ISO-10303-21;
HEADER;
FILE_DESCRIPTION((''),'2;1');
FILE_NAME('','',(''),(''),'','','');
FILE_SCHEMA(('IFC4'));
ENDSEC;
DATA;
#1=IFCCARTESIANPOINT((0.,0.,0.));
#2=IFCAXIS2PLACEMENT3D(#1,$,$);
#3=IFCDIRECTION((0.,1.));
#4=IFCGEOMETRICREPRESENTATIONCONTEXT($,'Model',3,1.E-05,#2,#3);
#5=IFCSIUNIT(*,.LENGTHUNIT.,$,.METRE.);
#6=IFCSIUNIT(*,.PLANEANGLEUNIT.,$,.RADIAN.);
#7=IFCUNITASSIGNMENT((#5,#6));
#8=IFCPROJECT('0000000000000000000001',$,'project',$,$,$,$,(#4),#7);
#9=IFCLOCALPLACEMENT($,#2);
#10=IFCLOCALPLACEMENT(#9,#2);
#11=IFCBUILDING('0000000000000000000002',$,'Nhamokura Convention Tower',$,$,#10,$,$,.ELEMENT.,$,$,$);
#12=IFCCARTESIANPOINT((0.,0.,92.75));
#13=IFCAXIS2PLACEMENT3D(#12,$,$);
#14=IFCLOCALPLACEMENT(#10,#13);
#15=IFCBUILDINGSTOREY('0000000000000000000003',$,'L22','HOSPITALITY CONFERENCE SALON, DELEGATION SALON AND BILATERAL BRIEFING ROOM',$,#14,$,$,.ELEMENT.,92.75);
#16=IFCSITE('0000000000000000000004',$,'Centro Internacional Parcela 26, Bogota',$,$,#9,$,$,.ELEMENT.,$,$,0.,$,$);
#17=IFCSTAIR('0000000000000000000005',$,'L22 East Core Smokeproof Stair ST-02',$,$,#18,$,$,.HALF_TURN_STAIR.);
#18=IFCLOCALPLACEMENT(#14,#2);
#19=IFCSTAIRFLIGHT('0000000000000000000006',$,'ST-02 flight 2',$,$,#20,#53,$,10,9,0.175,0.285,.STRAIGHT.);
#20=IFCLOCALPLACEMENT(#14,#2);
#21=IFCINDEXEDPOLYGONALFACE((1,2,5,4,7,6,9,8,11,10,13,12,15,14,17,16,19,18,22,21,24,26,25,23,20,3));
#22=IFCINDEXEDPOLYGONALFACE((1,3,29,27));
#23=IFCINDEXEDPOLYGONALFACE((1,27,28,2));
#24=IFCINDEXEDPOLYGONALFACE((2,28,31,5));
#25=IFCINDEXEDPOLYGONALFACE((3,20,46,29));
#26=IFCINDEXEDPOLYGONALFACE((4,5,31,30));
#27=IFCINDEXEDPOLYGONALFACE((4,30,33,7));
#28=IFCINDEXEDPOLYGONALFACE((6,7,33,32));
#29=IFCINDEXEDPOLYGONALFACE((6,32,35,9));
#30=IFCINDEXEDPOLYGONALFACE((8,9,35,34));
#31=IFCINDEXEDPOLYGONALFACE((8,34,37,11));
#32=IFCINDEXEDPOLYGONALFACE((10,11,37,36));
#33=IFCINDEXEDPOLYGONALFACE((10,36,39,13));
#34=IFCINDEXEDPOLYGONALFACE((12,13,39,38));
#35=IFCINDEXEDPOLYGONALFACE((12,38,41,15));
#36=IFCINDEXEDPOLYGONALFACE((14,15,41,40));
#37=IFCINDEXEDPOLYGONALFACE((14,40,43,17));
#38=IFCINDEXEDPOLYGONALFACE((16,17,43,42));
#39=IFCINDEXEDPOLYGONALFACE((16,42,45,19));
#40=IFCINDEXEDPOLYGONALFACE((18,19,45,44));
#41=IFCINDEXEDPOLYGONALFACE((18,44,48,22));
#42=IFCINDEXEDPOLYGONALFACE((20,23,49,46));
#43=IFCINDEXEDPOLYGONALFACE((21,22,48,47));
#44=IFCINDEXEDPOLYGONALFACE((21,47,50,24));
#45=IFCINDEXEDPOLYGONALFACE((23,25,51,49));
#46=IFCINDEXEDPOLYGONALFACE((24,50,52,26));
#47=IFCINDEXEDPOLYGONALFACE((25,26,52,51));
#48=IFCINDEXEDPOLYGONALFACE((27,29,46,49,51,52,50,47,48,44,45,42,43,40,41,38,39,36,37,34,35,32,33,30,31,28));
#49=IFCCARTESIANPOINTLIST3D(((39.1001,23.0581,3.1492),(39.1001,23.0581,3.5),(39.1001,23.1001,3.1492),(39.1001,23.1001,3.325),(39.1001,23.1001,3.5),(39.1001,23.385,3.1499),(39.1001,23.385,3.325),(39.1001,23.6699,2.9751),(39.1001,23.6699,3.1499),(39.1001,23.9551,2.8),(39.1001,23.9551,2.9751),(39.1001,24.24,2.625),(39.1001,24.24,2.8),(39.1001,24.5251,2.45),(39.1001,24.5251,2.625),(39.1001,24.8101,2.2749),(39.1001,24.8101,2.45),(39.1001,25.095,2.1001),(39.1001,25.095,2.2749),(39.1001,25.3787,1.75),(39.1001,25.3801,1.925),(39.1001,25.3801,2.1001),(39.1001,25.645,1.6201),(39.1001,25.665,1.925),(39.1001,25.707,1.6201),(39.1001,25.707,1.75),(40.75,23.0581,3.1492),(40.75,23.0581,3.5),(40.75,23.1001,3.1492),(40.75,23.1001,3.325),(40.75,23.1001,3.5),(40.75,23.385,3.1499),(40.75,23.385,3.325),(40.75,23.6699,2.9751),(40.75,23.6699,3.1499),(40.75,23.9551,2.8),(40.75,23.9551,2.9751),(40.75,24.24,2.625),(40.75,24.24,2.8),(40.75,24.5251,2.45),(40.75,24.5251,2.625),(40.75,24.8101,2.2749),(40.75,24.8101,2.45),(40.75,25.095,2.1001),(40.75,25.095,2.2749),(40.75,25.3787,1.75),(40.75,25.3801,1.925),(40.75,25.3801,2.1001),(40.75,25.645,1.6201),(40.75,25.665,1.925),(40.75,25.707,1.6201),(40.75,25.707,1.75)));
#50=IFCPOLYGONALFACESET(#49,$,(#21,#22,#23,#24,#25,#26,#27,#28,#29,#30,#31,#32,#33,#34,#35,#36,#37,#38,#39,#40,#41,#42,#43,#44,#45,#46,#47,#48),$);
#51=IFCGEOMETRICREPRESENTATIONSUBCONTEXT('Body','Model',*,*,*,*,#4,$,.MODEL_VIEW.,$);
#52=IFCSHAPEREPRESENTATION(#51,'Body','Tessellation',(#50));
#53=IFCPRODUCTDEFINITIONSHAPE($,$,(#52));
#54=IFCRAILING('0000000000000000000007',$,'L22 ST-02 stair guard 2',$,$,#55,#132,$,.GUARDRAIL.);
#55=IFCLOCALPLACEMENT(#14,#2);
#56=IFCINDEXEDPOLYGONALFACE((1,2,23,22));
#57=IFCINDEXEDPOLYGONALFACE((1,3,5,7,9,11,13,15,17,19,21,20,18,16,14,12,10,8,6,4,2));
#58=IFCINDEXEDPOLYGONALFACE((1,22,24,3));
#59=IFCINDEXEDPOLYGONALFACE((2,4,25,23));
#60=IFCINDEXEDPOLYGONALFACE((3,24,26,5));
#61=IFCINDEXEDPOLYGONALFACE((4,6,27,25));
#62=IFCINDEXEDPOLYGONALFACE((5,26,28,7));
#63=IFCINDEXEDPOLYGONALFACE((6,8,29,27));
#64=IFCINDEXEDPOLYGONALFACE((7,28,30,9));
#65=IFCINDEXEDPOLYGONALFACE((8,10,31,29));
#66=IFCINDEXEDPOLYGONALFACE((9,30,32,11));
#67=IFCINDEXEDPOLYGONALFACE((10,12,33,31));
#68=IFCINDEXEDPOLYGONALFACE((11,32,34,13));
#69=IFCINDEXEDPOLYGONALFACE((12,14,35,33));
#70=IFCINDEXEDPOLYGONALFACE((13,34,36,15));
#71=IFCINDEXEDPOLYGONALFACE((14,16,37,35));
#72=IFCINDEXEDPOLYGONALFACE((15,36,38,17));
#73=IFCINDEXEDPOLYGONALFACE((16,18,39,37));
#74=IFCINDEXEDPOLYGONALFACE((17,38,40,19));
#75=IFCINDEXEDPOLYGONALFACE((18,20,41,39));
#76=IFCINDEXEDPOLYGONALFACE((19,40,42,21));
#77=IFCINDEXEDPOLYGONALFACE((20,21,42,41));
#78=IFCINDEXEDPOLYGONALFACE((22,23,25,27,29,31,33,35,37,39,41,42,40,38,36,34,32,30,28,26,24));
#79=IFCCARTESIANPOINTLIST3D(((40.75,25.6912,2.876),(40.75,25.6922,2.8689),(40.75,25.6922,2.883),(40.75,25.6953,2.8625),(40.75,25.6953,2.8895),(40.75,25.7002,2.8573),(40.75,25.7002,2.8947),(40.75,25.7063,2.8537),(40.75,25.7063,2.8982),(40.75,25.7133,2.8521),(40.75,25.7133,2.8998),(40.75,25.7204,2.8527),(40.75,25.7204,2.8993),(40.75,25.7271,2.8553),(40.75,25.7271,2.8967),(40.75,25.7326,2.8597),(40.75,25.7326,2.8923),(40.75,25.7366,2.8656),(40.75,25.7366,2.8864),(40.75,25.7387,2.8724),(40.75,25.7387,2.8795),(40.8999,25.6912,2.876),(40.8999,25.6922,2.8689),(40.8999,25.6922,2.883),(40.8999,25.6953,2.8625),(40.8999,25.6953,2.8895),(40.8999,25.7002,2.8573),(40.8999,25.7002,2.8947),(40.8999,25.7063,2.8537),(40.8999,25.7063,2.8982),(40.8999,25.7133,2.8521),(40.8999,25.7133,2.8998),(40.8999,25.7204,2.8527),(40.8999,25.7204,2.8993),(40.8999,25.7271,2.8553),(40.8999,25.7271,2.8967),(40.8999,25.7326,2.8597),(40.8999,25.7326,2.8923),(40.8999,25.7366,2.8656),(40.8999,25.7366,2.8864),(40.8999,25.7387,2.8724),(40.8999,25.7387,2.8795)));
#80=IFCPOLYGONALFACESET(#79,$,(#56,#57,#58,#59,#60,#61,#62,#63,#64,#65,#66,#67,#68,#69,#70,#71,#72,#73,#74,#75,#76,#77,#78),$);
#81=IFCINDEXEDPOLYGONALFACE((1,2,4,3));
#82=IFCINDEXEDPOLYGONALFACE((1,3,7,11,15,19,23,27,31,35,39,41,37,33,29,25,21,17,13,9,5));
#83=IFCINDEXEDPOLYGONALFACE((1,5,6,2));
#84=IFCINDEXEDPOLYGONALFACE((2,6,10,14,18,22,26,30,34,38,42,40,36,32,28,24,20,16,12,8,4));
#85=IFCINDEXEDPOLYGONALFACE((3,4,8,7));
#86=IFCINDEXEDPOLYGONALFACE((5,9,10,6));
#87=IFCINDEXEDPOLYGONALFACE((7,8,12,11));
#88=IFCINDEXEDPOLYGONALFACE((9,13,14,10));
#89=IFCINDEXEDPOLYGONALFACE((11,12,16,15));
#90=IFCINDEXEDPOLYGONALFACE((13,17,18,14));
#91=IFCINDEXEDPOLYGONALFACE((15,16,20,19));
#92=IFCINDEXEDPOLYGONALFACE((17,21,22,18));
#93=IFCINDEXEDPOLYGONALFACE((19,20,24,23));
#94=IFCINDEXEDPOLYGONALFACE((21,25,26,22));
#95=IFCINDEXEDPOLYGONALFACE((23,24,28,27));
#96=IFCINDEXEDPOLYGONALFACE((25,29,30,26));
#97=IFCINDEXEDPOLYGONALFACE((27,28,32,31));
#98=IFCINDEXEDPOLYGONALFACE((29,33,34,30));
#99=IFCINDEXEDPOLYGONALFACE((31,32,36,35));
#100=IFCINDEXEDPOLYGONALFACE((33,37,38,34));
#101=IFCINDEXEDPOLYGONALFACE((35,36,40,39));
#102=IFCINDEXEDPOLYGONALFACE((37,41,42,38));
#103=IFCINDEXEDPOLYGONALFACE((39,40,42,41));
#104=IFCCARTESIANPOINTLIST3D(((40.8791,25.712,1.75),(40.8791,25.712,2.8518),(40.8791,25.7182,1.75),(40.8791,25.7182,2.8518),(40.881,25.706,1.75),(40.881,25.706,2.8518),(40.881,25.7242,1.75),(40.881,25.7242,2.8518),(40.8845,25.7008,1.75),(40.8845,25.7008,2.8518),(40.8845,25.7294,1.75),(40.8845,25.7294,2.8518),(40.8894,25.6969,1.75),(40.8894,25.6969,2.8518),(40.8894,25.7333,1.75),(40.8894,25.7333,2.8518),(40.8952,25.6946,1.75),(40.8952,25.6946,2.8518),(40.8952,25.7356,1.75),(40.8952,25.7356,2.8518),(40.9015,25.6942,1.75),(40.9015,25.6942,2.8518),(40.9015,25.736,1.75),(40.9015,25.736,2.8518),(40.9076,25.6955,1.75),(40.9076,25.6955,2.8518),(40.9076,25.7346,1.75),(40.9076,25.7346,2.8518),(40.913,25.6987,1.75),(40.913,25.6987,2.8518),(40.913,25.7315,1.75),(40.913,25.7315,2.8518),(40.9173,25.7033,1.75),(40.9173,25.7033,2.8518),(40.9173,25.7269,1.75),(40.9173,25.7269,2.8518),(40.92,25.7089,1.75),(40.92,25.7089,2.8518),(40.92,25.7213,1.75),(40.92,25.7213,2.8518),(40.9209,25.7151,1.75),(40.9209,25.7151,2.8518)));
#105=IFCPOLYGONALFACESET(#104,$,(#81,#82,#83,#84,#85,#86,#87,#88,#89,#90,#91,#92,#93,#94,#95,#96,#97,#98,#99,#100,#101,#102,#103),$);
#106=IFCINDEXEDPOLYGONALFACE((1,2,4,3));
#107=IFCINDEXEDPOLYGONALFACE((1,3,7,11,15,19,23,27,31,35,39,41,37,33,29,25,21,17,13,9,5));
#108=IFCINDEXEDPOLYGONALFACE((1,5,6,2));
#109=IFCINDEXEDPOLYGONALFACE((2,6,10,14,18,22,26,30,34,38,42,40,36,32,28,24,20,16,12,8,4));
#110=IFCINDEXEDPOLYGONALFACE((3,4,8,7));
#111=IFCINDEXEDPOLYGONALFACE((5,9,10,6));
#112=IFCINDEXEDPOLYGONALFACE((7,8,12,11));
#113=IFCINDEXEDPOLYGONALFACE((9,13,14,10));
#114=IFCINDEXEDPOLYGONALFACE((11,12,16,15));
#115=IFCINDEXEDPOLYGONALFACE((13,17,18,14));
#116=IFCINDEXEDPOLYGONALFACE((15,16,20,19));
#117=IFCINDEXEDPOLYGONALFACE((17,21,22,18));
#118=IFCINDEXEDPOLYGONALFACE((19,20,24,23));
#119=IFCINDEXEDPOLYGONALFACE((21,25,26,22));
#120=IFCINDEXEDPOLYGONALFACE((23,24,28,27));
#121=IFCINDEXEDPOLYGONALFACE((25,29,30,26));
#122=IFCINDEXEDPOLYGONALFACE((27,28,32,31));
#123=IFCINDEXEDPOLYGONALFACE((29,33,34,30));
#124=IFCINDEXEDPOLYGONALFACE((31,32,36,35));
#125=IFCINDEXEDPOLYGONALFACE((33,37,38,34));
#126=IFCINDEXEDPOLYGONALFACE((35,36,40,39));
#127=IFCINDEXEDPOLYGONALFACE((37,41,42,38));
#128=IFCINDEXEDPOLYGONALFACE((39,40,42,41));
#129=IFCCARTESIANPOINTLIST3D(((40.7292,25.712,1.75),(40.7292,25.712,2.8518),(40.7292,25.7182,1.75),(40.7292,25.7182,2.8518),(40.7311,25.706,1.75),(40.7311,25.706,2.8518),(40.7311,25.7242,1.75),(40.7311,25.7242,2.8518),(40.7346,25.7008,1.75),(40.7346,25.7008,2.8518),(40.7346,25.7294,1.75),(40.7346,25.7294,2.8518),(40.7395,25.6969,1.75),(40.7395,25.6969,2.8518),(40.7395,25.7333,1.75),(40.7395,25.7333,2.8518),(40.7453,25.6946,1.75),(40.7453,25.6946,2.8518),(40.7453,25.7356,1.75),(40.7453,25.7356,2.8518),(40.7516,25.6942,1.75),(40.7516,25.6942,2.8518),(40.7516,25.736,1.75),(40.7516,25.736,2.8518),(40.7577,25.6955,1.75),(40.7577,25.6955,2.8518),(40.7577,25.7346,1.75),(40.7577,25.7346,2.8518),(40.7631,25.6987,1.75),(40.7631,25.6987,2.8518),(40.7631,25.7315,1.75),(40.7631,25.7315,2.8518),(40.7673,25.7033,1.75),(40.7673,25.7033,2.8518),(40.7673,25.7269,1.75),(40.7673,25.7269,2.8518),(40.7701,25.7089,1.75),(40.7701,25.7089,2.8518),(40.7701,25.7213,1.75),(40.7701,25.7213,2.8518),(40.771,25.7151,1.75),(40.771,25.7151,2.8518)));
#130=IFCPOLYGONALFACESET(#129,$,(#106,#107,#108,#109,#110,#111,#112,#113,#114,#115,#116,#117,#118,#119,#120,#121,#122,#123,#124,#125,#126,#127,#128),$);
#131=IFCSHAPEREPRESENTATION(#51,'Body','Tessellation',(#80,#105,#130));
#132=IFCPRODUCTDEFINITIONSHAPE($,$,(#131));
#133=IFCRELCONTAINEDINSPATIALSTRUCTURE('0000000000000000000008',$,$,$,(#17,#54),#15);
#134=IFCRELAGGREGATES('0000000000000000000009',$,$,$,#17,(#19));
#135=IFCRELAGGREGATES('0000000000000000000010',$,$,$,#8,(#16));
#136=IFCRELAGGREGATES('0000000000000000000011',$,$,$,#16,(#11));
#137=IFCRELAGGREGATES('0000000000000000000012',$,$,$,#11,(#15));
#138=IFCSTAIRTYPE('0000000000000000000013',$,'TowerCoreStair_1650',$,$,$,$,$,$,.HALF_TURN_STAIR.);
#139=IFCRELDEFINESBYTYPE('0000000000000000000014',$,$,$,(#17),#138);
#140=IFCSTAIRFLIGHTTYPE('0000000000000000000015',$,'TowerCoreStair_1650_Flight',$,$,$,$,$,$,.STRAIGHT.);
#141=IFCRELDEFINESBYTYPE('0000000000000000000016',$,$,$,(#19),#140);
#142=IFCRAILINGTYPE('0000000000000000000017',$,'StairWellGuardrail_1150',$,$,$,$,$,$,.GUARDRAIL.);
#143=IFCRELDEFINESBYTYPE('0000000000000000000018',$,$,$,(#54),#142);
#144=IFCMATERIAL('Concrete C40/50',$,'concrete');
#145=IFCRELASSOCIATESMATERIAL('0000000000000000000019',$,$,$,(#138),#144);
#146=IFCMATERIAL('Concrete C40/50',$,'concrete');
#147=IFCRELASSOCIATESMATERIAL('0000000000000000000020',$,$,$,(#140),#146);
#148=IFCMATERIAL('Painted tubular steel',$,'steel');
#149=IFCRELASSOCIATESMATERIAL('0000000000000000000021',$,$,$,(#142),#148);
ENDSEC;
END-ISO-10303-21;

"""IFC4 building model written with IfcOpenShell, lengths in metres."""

from ifc_helpers import new_model, si_unit, direction, frame, origin, origin_2d, place, context, subcontext, project, spatial, polyline, circle, outline, extrude, material, type_object, element, aggregate, save


model = new_model("IFC4")

# Units and contexts
model_context = context("Model", 3, precision=1e-05, world=origin(), true_north=direction((0.0, 1.0)))
body_context = subcontext(model_context, "Body", "Model", "MODEL_VIEW")
ifc_project = project(units=[si_unit("LENGTHUNIT", "METRE"), si_unit("PLANEANGLEUNIT", "RADIAN")], contexts=[model_context])

# Site, building, storey
site_placement = place(None, origin())
site = spatial("IfcSite", under=ifc_project, at=site_placement, Name="Centro Internacional Parcela 26, Bogota", CompositionType="ELEMENT", RefElevation=0.0)
building_placement = place(site_placement, origin())
building = spatial("IfcBuilding", under=site, at=building_placement, Name="Nhamokura Convention Tower", CompositionType="ELEMENT")
storey_placement = place(building_placement, frame((0.0, 0.0, 92.75)))
storey = spatial("IfcBuildingStorey", under=building, at=storey_placement, Name="L22", Description="HOSPITALITY CONFERENCE SALON, DELEGATION SALON AND BILATERAL BRIEFING ROOM", CompositionType="ELEMENT", Elevation=92.75)

# Stair, stair flight
ifc_material_1 = material(Name="Concrete C40/50", Category="concrete")
stair_type = type_object("IfcStairType", Name="TowerCoreStair_1650", PredefinedType="HALF_TURN_STAIR", material=ifc_material_1)
stair_placement = place(storey_placement, origin())
stair = element("IfcStair", 1, at=stair_placement, inside=storey, type_object=stair_type, Name="L22 East Core Smokeproof Stair ST-02", PredefinedType="HALF_TURN_STAIR")
ifc_material_2 = material(Name="Concrete C40/50", Category="concrete")
stair_flight_type = type_object("IfcStairFlightType", Name="TowerCoreStair_1650_Flight", PredefinedType="STRAIGHT", material=ifc_material_2)
stair_flight_placement = place(storey_placement, frame((39.925, 25.665, 1.75), z_axis=(0.0, 0.0, 1.0), x_axis=(0.0, -1.0, 0.0)))
stair_flight = element("IfcStairFlight", 2, at=stair_flight_placement, type_object=stair_flight_type, Name="ST-02 flight 2", NumberOfRisers=10, NumberOfTreads=9, PredefinedType="STRAIGHT", RiserHeight=0.175, TreadLength=0.285, context=body_context, shape_type="SweptSolid", body=[
    extrude(outline(polyline([(-0.042, 0.0), (0.0, 0.175), (0.2849, 0.175), (0.2849, 0.3501), (0.5701, 0.3501), (0.5701, 0.5249), (0.855, 0.5249), (0.855, 0.7), (1.1399, 0.7), (1.1399, 0.875), (1.425, 0.875), (1.425, 1.05), (1.71, 1.05), (1.71, 1.2251), (1.9951, 1.2251), (1.9951, 1.3999), (2.28, 1.3999), (2.28, 1.575), (2.5649, 1.575), (2.5649, 1.75), (2.6069, 1.75), (2.6069, 1.3992), (2.5649, 1.3992), (0.2864, 0.0), (0.02, -0.1299), (-0.042, -0.1299), (-0.042, 0.0)])), frame((0.0, 0.825, 0.0), z_axis=(0.0, -1.0, 0.0), x_axis=(1.0, 0.0, 0.0)), (0.0, 0.0, 1.0), 1.6499),
])
aggregate(stair, [stair_flight])

# Railing
ifc_material_3 = material(Name="Painted tubular steel", Category="steel")
railing_type = type_object("IfcRailingType", Name="StairWellGuardrail_1150", PredefinedType="GUARDRAIL", material=ifc_material_3)
railing_1_placement = place(storey_placement, frame((40.8999, 25.7151, 1.75)))
element("IfcRailing", 3, at=railing_1_placement, inside=storey, type_object=railing_type, Name="L22 ST-02 stair guard 2", PredefinedType="GUARDRAIL", context=body_context, shape_type="SweptSolid", body=[
    extrude(circle(Radius=0.0239, at=origin_2d()), frame((0.0, 0.0, 1.126), z_axis=(-1.0, 0.0, 0.0), x_axis=(0.0, -1.0, 0.0)), (0.0, 0.0, 1.0), 0.1499),
    extrude(circle(Radius=0.021, at=origin_2d()), origin(), (0.0, 0.0, 1.0), 1.1018),
    extrude(circle(Radius=0.021, at=origin_2d()), frame((-0.1499, 0.0, 0.0)), (0.0, 0.0, 1.0), 1.1018),
])

save(model, "model.ifc")
